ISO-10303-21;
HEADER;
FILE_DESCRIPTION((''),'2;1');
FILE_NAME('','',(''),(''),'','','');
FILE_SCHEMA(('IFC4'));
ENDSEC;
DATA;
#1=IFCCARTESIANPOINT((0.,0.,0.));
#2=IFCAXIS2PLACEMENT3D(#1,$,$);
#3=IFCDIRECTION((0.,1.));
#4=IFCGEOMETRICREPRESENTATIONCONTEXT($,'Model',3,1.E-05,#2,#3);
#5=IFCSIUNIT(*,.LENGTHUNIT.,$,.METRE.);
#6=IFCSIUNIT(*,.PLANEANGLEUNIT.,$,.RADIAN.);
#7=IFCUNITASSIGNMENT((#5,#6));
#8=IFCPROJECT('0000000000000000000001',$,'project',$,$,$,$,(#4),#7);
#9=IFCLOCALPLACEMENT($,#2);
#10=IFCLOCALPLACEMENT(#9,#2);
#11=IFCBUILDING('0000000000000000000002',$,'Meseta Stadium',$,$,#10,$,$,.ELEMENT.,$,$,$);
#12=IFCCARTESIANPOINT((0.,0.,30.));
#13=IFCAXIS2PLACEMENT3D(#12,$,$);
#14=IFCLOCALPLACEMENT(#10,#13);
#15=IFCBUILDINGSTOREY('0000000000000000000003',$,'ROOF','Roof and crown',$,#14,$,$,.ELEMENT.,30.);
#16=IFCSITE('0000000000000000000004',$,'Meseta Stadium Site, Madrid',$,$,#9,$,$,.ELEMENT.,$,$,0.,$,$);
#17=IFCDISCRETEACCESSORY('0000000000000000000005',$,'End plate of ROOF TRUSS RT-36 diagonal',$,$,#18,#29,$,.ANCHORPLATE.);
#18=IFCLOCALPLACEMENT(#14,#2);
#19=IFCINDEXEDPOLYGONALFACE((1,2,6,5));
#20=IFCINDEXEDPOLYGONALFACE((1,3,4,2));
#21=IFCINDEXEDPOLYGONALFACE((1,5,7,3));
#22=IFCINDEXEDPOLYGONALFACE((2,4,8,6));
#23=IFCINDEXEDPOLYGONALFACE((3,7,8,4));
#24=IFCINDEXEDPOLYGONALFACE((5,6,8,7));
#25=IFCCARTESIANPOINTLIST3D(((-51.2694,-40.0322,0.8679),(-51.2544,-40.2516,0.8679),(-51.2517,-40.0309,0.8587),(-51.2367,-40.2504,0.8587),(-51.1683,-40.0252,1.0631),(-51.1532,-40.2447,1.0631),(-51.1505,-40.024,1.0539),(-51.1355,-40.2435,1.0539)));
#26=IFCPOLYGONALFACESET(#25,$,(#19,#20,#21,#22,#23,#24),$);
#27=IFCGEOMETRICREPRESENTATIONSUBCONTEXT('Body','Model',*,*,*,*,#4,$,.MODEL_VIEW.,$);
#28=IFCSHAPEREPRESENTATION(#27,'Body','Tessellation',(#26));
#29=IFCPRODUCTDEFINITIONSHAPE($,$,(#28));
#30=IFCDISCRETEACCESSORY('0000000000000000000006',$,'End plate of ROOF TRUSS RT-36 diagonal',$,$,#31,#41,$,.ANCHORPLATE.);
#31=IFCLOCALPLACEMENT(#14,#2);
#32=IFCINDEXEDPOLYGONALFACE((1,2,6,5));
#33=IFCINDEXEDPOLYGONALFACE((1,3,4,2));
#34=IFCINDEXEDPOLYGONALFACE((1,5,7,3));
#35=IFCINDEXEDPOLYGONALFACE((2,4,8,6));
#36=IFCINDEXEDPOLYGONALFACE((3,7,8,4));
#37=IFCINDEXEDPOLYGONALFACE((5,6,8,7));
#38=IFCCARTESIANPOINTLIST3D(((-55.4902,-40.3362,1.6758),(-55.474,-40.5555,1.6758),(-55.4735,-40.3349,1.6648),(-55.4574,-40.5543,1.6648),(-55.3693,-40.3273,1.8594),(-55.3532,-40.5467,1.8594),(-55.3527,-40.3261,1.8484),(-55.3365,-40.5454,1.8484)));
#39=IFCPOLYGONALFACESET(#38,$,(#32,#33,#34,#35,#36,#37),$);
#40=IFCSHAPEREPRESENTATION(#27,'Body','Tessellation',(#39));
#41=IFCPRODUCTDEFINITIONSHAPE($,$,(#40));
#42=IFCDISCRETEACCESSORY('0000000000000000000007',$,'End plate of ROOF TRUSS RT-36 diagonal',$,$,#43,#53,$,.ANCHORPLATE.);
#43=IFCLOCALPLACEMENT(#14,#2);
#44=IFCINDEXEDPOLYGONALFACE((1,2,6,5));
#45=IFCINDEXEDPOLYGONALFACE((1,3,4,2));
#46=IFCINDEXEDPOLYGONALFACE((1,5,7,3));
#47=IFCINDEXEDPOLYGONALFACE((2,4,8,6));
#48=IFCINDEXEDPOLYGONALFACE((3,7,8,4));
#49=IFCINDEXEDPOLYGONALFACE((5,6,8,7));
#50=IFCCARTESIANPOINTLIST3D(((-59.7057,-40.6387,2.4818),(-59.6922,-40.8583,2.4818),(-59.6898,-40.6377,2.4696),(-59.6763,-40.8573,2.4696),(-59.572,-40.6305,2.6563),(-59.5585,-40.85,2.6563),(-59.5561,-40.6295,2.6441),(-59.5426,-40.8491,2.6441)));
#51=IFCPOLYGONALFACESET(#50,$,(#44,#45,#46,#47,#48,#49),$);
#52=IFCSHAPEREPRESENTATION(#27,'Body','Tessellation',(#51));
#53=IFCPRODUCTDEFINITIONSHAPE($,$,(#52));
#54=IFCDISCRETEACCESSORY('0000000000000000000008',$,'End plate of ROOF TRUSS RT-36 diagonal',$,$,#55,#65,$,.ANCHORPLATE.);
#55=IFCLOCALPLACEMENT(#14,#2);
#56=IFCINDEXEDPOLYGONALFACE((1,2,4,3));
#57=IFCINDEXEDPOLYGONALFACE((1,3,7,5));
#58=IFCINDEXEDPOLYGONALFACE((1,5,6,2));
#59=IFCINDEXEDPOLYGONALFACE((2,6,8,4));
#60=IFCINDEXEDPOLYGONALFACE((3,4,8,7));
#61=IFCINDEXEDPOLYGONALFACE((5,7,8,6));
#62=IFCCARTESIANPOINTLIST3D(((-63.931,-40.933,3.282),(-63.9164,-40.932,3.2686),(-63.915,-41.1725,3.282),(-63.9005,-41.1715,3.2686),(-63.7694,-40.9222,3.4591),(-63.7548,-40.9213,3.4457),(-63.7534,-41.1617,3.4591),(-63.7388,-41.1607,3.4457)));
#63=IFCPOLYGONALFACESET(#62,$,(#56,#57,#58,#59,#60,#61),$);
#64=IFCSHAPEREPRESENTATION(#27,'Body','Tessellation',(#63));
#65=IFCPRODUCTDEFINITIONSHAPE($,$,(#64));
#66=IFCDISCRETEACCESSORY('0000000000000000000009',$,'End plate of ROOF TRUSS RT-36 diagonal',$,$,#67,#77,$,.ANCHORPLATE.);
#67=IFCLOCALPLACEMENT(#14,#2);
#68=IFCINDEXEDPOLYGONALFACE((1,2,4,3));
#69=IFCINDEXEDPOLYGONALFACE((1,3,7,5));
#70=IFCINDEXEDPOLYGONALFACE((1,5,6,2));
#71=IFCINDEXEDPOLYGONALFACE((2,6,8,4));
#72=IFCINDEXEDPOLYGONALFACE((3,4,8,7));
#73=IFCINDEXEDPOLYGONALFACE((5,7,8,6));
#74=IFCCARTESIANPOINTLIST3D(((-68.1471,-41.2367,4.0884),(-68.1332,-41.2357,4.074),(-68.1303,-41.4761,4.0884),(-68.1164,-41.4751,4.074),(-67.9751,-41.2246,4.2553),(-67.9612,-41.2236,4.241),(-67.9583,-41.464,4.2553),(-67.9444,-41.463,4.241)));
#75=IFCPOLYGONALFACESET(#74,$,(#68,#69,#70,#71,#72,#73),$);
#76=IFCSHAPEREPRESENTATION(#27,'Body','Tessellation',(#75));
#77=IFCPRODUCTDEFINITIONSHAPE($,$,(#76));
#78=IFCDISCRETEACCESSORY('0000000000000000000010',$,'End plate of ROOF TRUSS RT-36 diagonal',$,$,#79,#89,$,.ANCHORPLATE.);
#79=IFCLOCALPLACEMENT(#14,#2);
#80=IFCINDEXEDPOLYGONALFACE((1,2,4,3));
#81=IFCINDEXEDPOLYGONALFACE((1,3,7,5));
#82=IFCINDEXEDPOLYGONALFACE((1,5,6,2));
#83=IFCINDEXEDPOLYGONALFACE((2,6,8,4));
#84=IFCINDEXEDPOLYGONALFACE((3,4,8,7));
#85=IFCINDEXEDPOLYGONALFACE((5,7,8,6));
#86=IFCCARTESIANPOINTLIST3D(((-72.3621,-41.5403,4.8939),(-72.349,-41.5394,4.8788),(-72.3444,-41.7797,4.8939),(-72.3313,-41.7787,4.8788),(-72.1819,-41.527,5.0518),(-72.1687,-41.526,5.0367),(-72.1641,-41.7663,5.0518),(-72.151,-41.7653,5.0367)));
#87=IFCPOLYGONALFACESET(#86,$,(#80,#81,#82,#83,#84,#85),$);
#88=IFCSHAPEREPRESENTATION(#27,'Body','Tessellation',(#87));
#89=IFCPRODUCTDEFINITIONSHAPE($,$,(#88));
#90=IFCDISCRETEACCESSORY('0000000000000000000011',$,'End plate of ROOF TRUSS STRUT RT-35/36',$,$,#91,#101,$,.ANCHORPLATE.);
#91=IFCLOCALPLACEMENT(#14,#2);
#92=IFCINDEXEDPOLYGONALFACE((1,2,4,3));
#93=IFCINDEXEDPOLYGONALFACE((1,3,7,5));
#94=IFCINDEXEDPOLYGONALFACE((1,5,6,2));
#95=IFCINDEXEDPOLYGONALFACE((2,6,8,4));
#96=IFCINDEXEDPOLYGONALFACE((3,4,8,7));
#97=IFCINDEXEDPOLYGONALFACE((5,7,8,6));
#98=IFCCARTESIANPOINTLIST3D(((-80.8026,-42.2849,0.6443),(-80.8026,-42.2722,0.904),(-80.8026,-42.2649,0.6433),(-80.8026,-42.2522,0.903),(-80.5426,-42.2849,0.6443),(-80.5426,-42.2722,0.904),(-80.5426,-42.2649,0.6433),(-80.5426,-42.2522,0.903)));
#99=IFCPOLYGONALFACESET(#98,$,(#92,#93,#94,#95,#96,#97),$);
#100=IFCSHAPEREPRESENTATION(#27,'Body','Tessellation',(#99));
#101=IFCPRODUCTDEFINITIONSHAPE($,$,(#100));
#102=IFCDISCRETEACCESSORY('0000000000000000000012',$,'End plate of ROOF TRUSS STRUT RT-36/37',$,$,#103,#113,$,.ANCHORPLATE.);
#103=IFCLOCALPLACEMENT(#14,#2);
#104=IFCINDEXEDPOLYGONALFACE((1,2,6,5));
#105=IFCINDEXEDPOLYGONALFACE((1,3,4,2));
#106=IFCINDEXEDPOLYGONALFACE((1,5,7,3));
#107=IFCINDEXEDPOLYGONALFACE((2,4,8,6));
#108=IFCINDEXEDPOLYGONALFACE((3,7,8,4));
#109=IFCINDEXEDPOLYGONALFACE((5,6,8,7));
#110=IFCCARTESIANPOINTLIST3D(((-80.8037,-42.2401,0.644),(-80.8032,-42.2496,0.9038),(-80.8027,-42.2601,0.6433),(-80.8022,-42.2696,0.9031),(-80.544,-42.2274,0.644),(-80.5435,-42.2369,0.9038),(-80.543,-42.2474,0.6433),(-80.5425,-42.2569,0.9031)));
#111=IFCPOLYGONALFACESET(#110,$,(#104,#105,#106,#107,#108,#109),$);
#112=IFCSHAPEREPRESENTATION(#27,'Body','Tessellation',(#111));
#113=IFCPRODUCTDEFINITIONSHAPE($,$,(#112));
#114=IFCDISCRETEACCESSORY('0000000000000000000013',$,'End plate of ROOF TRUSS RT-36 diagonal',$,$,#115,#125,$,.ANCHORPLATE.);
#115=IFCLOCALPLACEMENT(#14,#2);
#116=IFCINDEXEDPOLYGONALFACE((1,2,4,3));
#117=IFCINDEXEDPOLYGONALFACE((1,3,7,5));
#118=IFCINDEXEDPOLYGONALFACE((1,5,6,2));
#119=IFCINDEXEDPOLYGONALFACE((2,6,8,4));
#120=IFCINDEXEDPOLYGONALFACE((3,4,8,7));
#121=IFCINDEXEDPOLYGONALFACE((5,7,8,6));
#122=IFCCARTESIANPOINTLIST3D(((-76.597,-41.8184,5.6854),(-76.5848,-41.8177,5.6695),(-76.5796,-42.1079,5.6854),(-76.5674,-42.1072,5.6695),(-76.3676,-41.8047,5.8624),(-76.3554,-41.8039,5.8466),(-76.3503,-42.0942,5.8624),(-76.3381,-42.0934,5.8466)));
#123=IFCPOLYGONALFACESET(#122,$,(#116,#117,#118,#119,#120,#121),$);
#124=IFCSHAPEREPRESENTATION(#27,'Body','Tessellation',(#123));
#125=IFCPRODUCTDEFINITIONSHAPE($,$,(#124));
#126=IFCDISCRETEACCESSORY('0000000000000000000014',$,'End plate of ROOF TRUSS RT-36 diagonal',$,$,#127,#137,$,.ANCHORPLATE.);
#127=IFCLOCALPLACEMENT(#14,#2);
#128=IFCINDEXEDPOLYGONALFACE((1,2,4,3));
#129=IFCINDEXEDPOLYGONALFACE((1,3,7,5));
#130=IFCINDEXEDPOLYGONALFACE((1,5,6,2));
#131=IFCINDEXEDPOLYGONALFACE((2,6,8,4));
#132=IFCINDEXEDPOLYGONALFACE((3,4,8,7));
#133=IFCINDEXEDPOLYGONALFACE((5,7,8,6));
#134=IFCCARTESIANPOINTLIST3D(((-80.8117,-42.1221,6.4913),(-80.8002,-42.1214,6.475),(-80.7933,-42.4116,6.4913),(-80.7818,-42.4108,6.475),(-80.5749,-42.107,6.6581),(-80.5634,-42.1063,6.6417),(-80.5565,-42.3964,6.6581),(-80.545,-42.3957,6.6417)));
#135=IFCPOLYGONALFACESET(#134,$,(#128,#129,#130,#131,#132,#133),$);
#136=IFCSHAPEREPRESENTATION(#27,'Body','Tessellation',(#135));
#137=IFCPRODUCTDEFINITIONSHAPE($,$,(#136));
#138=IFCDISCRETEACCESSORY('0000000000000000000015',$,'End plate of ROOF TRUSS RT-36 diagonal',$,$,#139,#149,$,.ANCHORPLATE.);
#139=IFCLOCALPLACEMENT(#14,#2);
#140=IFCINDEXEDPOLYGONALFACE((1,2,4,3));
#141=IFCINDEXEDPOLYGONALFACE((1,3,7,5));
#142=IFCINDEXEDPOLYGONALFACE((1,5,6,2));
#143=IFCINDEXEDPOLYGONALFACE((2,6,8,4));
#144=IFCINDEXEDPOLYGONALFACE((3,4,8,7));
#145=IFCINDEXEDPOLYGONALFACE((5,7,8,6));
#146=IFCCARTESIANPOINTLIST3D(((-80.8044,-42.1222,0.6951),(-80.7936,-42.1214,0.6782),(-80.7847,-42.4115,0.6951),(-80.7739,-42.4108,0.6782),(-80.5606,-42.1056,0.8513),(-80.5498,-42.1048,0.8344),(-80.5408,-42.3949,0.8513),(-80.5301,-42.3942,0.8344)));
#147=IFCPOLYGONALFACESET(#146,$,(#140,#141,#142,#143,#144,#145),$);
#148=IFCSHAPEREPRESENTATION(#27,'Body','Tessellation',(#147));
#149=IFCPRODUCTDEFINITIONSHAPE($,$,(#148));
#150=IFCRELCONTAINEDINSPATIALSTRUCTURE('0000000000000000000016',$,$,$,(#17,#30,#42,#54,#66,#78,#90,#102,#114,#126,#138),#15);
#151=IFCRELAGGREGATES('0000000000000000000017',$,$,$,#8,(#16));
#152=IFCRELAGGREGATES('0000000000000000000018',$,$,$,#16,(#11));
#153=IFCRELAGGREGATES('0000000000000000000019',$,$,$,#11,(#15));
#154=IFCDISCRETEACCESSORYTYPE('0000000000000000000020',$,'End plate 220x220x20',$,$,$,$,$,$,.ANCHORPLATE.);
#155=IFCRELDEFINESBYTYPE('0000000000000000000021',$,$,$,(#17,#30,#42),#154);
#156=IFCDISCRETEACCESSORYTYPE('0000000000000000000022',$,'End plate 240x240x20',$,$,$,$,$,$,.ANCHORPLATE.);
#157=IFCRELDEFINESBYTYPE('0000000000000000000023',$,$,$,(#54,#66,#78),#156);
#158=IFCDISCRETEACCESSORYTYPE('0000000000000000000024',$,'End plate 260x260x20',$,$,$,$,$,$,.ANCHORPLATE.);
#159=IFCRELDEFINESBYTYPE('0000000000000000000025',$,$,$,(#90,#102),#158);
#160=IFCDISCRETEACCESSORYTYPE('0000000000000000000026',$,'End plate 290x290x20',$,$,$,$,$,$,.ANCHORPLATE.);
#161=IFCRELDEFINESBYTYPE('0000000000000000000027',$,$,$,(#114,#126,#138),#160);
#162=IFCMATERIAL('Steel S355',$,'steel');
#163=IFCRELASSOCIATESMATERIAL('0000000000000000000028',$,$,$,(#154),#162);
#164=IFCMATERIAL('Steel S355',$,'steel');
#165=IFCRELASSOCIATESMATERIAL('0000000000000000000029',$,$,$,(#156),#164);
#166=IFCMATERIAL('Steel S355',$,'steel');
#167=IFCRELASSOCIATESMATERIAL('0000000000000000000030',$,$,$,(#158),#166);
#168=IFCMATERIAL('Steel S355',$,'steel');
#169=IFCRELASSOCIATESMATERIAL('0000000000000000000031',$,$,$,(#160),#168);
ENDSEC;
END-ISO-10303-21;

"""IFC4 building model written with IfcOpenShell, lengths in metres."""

from ifc_helpers import new_model, si_unit, direction, frame, origin, origin_2d, place, context, subcontext, project, spatial, rectangle, extrude, material, material_profile, profile_set, type_object, element, save


model = new_model("IFC4")

# Units and contexts
model_context = context("Model", 3, precision=1e-05, world=origin(), true_north=direction((0.0, 1.0)))
body_context = subcontext(model_context, "Body", "Model", "MODEL_VIEW")
ifc_project = project(units=[si_unit("LENGTHUNIT", "METRE"), si_unit("PLANEANGLEUNIT", "RADIAN")], contexts=[model_context])

# Site, building, storey
site_placement = place(None, origin())
site = spatial("IfcSite", under=ifc_project, at=site_placement, Name="Meseta Stadium Site, Madrid", CompositionType="ELEMENT", RefElevation=0.0)
building_placement = place(site_placement, origin())
building = spatial("IfcBuilding", under=site, at=building_placement, Name="Meseta Stadium", CompositionType="ELEMENT")
storey_placement = place(building_placement, frame((0.0, 0.0, 30.0)))
storey = spatial("IfcBuildingStorey", under=building, at=storey_placement, Name="ROOF", Description="Roof and crown", CompositionType="ELEMENT", Elevation=30.0)

# Discrete accessories
ifc_material_1 = material(Name="Steel S355", Category="steel")
ifc_material_profile_1 = material_profile(ifc_material_1, rectangle(XDim=0.22, YDim=0.22, at=origin_2d()), Name="PL 220x220")
ifc_profile_set_1 = profile_set([ifc_material_profile_1], Name="Steel S355")
discrete_accessory_type_1 = type_object("IfcDiscreteAccessoryType", Name="End plate 220x220x20", PredefinedType="ANCHORPLATE", material=ifc_profile_set_1)
for number, where, z_axis, x_axis, name in (
    (1, (-51.1936, -40.1372, 0.9563), (-0.885385, -0.060643, 0.460885), (0.068333, -0.997663, 0.0), "End plate of ROOF TRUSS RT-36 diagonal"),
    (2, (-55.405, -40.4402, 1.7566), (-0.832369, -0.061204, 0.550832), (0.073331, -0.997308, 0.0), "End plate of ROOF TRUSS RT-36 diagonal"),
    (3, (-59.6162, -40.7434, 2.5569), (-0.791683, -0.048719, 0.608987), (0.061422, -0.998112, 0.0), "End plate of ROOF TRUSS RT-36 diagonal"),
):
    element("IfcDiscreteAccessory", number, at=place(storey_placement, frame(where, z_axis=z_axis, x_axis=x_axis)), inside=storey, type_object=discrete_accessory_type_1, Name=name, PredefinedType="ANCHORPLATE", context=body_context, shape_type="SweptSolid", body=[
        extrude(rectangle(XDim=0.22, YDim=0.22, at=origin_2d()), origin(), (0.0, 0.0, 1.0), 0.02),
    ])
ifc_material_2 = material(Name="Steel S355", Category="steel")
ifc_material_profile_2 = material_profile(ifc_material_2, rectangle(XDim=0.24, YDim=0.24, at=origin_2d()), Name="PL 240x240")
ifc_profile_set_2 = profile_set([ifc_material_profile_2], Name="Steel S355")
discrete_accessory_type_2 = type_object("IfcDiscreteAccessoryType", Name="End plate 240x240x20", PredefinedType="ANCHORPLATE", material=ifc_profile_set_2)
discrete_accessory_1_placement = place(storey_placement, frame((-63.8276, -41.0464, 3.3572), z_axis=(-0.736266, -0.049084, 0.67491), x_axis=(0.066519, -0.997785, 0.0)))
element("IfcDiscreteAccessory", 4, at=discrete_accessory_1_placement, inside=storey, type_object=discrete_accessory_type_2, Name="End plate of ROOF TRUSS RT-36 diagonal", PredefinedType="ANCHORPLATE", context=body_context, shape_type="SweptSolid", body=[
    extrude(rectangle(XDim=0.24, YDim=0.24, at=origin_2d()), origin(), (0.0, 0.0, 1.0), 0.0198),
])
for number, where, z_axis, x_axis, name in (
    (5, (-68.0388, -41.3494, 4.1575), (-0.693988, -0.048701, 0.718338), (0.070003, -0.997547, 0.0), "End plate of ROOF TRUSS RT-36 diagonal"),
    (6, (-72.25, -41.6523, 4.9578), (-0.656005, -0.048593, 0.753191), (0.073872, -0.997268, 0.0), "End plate of ROOF TRUSS RT-36 diagonal"),
):
    element("IfcDiscreteAccessory", number, at=place(storey_placement, frame(where, z_axis=z_axis, x_axis=x_axis)), inside=storey, type_object=discrete_accessory_type_2, Name=name, PredefinedType="ANCHORPLATE", context=body_context, shape_type="SweptSolid", body=[
        extrude(rectangle(XDim=0.24, YDim=0.24, at=origin_2d()), origin(), (0.0, 0.0, 1.0), 0.02),
    ])
ifc_material_3 = material(Name="Steel S355", Category="steel")
ifc_material_profile_3 = material_profile(ifc_material_3, rectangle(XDim=0.26, YDim=0.26, at=origin_2d()), Name="PL 260x260")
ifc_profile_set_3 = profile_set([ifc_material_profile_3], Name="Steel S355")
discrete_accessory_type_3 = type_object("IfcDiscreteAccessoryType", Name="End plate 260x260x20", PredefinedType="ANCHORPLATE", material=ifc_profile_set_3)
for number, where, z_axis, x_axis, name in (
    (7, (-80.6726, -42.2585, 0.7732), (0.0, -0.998812, 0.048723), (1.0, 0.0, 0.0), "End plate of ROOF TRUSS STRUT RT-35/36"),
    (8, (-80.6736, -42.2385, 0.7739), (0.04869, -0.998146, -0.036518), (0.998812, 0.048723, 0.0), "End plate of ROOF TRUSS STRUT RT-36/37"),
):
    element("IfcDiscreteAccessory", number, at=place(storey_placement, frame(where, z_axis=z_axis, x_axis=x_axis)), inside=storey, type_object=discrete_accessory_type_3, Name=name, PredefinedType="ANCHORPLATE", context=body_context, shape_type="SweptSolid", body=[
        extrude(rectangle(XDim=0.26, YDim=0.26, at=origin_2d()), origin(), (0.0, 0.0, 1.0), 0.02),
    ])
ifc_material_4 = material(Name="Steel S355", Category="steel")
ifc_material_profile_4 = material_profile(ifc_material_4, rectangle(XDim=0.29, YDim=0.29, at=origin_2d()), Name="PL 290x290")
ifc_profile_set_4 = profile_set([ifc_material_profile_4], Name="Steel S355")
discrete_accessory_type_4 = type_object("IfcDiscreteAccessoryType", Name="End plate 290x290x20", PredefinedType="ANCHORPLATE", material=ifc_profile_set_4)
for number, where, z_axis, x_axis, name in (
    (9, (-76.4614, -41.9556, 5.7581), (-0.609303, -0.036558, 0.792094), (0.059892, -0.998205, 0.0), "End plate of ROOF TRUSS RT-36 diagonal"),
    (10, (-80.6726, -42.2585, 6.5583), (-0.573897, -0.036632, 0.818108), (0.0637, -0.997969, 0.0), "End plate of ROOF TRUSS RT-36 diagonal"),
    (11, (-80.6619, -42.2578, 0.7563), (-0.537305, -0.036634, 0.842592), (0.068024, -0.997684, 0.0), "End plate of ROOF TRUSS RT-36 diagonal"),
):
    element("IfcDiscreteAccessory", number, at=place(storey_placement, frame(where, z_axis=z_axis, x_axis=x_axis)), inside=storey, type_object=discrete_accessory_type_4, Name=name, PredefinedType="ANCHORPLATE", context=body_context, shape_type="SweptSolid", body=[
        extrude(rectangle(XDim=0.29, YDim=0.29, at=origin_2d()), origin(), (0.0, 0.0, 1.0), 0.02),
    ])

save(model, "model.ifc")
